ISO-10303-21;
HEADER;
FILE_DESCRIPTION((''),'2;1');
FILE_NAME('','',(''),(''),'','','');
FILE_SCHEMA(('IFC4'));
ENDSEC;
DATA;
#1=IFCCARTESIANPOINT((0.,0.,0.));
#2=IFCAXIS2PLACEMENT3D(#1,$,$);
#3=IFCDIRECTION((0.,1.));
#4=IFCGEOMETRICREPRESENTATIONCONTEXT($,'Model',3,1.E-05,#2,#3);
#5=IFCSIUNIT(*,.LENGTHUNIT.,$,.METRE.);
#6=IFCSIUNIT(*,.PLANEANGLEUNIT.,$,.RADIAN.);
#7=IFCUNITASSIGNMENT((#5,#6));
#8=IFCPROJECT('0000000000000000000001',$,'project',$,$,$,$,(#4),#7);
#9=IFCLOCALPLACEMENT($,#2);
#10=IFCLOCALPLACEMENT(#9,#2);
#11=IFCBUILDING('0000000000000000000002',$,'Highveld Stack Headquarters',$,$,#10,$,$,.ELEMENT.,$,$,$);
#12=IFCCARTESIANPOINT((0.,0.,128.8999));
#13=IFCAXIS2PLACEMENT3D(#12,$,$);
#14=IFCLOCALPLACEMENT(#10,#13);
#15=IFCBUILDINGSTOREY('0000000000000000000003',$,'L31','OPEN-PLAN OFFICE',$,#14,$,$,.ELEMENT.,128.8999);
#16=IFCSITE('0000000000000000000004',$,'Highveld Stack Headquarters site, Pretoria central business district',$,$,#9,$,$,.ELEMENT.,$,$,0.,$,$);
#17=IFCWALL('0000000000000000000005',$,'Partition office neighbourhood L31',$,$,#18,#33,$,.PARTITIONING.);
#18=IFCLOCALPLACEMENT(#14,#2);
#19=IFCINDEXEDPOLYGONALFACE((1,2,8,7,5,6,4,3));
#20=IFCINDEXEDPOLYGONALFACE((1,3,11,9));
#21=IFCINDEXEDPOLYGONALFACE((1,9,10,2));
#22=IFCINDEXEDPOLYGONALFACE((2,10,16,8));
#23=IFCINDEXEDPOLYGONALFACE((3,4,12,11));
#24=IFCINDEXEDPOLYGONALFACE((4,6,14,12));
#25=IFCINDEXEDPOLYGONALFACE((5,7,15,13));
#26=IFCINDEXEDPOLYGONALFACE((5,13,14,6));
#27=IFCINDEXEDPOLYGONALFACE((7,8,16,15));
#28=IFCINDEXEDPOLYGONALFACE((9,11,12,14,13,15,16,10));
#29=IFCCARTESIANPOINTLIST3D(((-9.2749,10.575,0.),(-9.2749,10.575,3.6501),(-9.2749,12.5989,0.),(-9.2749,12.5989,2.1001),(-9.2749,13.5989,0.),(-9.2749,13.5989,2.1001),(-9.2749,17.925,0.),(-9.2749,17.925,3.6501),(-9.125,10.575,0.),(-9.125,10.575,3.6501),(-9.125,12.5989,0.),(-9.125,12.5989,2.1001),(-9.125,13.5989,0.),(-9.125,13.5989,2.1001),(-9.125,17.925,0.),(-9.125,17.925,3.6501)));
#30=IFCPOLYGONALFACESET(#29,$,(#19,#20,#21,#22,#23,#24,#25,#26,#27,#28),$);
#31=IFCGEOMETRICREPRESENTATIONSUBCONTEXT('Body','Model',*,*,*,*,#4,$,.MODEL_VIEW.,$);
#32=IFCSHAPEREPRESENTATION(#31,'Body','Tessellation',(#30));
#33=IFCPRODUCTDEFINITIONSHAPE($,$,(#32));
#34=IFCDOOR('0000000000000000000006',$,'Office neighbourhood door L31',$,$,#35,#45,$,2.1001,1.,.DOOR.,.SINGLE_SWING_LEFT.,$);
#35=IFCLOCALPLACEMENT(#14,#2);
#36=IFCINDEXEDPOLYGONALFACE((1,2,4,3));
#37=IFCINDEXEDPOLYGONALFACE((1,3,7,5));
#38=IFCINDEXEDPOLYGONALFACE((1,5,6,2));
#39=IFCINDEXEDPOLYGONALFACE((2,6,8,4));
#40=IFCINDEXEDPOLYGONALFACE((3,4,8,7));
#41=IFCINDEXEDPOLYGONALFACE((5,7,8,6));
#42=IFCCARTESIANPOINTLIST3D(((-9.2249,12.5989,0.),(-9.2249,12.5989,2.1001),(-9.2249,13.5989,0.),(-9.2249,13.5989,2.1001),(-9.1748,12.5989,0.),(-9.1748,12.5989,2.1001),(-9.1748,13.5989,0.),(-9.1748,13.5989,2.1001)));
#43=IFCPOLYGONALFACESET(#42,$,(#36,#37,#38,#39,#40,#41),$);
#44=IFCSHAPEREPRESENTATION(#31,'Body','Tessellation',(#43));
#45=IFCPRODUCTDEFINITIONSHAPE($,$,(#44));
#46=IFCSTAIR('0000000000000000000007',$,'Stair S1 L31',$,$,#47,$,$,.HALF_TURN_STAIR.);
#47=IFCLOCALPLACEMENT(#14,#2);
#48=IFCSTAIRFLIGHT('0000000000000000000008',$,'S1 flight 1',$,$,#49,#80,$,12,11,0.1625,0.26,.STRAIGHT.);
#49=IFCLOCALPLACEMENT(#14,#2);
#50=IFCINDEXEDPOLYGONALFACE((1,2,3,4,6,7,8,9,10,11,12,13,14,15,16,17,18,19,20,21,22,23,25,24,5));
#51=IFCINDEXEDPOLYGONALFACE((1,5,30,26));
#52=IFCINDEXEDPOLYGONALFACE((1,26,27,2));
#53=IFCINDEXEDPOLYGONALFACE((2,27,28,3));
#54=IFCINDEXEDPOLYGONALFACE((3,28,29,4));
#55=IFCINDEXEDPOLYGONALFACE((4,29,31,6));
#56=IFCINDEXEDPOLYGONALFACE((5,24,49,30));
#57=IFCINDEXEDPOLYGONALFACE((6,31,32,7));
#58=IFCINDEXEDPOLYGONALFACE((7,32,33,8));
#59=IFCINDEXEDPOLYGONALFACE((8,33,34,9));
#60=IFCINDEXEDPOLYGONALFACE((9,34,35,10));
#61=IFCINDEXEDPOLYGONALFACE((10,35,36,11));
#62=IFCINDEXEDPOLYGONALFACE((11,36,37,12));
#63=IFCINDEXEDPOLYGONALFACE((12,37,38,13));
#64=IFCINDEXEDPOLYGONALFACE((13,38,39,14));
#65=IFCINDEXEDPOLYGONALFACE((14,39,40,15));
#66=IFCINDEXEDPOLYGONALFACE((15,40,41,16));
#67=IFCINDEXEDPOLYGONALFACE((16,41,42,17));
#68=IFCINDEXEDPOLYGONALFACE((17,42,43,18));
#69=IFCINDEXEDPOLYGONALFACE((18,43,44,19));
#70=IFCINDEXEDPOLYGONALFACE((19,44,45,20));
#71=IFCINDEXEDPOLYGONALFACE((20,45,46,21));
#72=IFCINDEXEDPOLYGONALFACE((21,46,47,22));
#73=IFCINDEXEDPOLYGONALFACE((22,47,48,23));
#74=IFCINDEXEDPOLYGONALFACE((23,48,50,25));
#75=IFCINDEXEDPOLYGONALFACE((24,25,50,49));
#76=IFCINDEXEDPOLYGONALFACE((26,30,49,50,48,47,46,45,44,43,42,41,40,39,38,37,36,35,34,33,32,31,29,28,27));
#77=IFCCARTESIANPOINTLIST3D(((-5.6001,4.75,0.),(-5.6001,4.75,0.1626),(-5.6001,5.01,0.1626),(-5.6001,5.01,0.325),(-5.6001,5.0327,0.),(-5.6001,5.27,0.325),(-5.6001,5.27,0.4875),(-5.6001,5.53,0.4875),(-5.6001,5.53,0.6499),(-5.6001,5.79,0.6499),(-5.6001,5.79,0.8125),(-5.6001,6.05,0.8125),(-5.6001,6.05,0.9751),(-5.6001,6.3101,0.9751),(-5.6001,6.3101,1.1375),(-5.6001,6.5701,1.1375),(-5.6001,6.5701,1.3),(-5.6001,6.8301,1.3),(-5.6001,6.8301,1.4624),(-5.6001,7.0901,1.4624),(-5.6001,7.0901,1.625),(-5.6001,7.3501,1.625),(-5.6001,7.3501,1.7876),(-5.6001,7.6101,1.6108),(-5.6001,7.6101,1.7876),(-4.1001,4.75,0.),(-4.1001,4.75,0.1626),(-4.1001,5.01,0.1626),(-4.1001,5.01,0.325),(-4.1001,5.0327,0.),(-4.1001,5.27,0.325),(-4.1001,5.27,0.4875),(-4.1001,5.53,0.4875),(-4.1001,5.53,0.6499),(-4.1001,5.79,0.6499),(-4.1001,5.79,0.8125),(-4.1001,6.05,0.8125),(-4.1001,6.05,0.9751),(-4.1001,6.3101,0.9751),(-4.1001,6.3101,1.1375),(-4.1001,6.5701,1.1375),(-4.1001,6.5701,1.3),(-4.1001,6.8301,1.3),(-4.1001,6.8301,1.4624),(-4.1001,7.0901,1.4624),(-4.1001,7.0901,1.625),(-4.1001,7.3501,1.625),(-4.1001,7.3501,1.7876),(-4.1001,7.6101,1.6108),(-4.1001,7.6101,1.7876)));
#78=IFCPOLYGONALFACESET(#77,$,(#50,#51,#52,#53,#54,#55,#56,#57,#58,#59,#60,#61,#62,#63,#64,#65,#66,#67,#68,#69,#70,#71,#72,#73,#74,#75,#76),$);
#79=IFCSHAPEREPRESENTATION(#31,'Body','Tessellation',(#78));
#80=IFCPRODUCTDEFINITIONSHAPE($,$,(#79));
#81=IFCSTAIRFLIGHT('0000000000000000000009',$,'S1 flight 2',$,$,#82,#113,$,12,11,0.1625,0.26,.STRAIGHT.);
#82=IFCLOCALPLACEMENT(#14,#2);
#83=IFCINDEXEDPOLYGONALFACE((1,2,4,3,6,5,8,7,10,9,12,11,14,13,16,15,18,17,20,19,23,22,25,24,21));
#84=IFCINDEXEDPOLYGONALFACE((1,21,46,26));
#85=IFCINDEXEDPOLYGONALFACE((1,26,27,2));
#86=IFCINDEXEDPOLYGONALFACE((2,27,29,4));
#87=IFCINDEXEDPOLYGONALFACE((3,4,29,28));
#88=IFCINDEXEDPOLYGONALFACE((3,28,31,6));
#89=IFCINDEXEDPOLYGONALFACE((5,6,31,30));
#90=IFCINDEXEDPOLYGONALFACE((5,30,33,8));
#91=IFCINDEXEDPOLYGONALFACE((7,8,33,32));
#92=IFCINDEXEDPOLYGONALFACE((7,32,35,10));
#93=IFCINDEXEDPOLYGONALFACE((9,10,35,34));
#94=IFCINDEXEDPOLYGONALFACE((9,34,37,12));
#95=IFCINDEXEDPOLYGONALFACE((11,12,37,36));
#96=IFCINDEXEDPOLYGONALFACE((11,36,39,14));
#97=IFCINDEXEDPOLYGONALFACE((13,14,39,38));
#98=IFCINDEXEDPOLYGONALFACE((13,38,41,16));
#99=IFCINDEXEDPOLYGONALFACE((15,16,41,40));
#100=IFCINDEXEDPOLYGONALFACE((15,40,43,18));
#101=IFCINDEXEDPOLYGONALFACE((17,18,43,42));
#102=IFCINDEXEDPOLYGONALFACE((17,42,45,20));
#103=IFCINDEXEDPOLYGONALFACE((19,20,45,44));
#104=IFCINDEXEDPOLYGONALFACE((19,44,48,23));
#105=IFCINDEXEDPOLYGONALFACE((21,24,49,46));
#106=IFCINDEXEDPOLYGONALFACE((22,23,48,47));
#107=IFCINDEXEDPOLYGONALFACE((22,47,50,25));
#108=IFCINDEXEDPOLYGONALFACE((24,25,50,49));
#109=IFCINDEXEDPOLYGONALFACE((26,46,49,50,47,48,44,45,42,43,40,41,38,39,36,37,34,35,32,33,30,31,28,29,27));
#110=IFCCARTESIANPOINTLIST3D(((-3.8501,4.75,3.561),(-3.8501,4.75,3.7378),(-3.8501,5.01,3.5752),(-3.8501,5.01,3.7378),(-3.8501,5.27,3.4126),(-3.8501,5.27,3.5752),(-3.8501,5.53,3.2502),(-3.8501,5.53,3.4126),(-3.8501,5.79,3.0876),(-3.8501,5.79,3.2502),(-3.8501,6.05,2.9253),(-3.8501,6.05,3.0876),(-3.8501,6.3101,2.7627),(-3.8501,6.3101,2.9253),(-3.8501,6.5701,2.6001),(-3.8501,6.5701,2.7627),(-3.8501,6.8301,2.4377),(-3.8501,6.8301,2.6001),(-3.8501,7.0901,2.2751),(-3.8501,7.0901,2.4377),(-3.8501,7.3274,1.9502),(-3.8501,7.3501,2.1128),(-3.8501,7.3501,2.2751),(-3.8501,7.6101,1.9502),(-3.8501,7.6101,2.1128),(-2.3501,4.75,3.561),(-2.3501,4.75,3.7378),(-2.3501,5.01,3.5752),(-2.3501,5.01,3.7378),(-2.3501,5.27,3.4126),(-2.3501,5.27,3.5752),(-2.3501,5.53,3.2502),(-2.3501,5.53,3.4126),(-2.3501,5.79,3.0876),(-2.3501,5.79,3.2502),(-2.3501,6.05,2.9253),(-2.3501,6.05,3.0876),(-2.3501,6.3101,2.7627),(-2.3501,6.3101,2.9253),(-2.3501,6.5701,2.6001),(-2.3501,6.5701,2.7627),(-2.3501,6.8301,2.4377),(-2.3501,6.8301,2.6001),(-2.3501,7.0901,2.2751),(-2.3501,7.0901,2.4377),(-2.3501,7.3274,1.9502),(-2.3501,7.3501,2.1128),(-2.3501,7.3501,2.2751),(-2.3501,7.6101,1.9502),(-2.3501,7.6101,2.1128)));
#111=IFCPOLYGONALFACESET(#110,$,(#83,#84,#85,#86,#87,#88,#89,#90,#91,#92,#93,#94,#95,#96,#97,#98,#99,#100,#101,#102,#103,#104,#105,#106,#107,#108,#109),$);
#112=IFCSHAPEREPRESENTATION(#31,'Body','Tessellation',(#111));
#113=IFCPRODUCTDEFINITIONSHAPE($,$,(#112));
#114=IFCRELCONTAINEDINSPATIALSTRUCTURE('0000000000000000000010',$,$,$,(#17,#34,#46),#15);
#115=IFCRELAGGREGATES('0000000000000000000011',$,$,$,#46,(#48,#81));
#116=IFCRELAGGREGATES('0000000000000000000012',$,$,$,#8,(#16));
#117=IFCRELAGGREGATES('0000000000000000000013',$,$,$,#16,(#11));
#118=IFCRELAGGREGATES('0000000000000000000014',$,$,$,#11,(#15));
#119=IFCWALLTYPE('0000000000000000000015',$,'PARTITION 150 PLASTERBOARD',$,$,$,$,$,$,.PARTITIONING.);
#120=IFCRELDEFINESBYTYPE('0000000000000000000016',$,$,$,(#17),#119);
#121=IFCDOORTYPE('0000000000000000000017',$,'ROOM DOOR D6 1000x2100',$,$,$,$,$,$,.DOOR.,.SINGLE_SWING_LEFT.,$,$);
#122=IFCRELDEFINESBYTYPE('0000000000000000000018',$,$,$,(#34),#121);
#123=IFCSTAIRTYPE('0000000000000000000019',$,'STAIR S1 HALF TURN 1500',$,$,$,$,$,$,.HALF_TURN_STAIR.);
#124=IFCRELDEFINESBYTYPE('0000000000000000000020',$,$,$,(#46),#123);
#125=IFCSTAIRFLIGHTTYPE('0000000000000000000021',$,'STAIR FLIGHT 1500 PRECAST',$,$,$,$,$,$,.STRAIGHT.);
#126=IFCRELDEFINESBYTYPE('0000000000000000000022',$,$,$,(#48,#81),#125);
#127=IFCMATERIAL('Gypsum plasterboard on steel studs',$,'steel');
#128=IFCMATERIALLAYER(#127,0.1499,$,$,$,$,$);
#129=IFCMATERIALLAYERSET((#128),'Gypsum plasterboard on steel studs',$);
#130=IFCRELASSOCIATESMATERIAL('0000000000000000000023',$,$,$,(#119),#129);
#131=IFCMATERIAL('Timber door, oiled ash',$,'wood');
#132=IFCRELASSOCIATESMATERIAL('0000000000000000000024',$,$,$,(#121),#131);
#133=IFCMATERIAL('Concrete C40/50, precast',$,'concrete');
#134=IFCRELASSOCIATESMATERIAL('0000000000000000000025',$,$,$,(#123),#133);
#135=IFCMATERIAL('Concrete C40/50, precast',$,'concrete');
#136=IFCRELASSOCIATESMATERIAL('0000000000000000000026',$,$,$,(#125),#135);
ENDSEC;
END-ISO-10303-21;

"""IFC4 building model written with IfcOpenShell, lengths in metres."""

from ifc_helpers import new_model, si_unit, direction, frame, frame_2d, origin, place, context, subcontext, project, spatial, polyline, rectangle, outline, extrude, material, layer, layer_set, type_object, element, fill, aggregate, save


model = new_model("IFC4")

# Units and contexts
model_context = context("Model", 3, precision=1e-05, world=origin(), true_north=direction((0.0, 1.0)))
body_context = subcontext(model_context, "Body", "Model", "MODEL_VIEW")
ifc_project = project(units=[si_unit("LENGTHUNIT", "METRE"), si_unit("PLANEANGLEUNIT", "RADIAN")], contexts=[model_context])

# Site, building, storey
site_placement = place(None, origin())
site = spatial("IfcSite", under=ifc_project, at=site_placement, Name="Highveld Stack Headquarters site, Pretoria central business district", CompositionType="ELEMENT", RefElevation=0.0)
building_placement = place(site_placement, origin())
building = spatial("IfcBuilding", under=site, at=building_placement, Name="Highveld Stack Headquarters", CompositionType="ELEMENT")
storey_placement = place(building_placement, frame((0.0, 0.0, 128.8999)))
storey = spatial("IfcBuildingStorey", under=building, at=storey_placement, Name="L31", Description="OPEN-PLAN OFFICE", CompositionType="ELEMENT", Elevation=128.8999)

# Wall, opening, door
ifc_material_1 = material(Name="Gypsum plasterboard on steel studs", Category="steel")
ifc_layer_1 = layer(ifc_material_1, 0.1499)
ifc_layer_set_1 = layer_set([ifc_layer_1], Name="Gypsum plasterboard on steel studs")
wall_type_1 = type_object("IfcWallType", Name="PARTITION 150 PLASTERBOARD", PredefinedType="PARTITIONING", material=ifc_layer_set_1)
wall_1_placement = place(storey_placement, frame((-9.2, 10.575, 0.0), z_axis=(0.0, 0.0, 1.0), x_axis=(0.0, 1.0, 0.0)))
wall_1 = element("IfcWall", 1, at=wall_1_placement, inside=storey, type_object=wall_type_1, Name="Partition office neighbourhood L31", PredefinedType="PARTITIONING", context=body_context, shape_type="SweptSolid", body=[
    extrude(rectangle(XDim=7.3501, YDim=0.1499, at=frame_2d((3.675, 0.0))), origin(), (0.0, 0.0, 1.0), 3.6501),
])
opening_1_placement = place(wall_1_placement, frame((2.0239, 0.0, 0.0)))
opening_1 = element("IfcOpeningElement", 2, at=opening_1_placement, cuts=wall_1, PredefinedType="OPENING", context=body_context, shape_type="SweptSolid", body=[
    extrude(rectangle(XDim=1.0, YDim=2.1001, at=frame_2d((0.5, 1.05))), frame((0.0, 0.085, 0.0), z_axis=(0.0, -1.0, 0.0), x_axis=(1.0, 0.0, 0.0)), (0.0, 0.0, 1.0), 0.1699),
])
ifc_material_2 = material(Name="Timber door, oiled ash", Category="wood")
door_type_1 = type_object("IfcDoorType", Name="ROOM DOOR D6 1000x2100", OperationType="SINGLE_SWING_LEFT", PredefinedType="DOOR", material=ifc_material_2)
door_1_placement = place(opening_1_placement, origin())
door_1 = element("IfcDoor", 3, at=door_1_placement, inside=storey, type_object=door_type_1, Name="Office neighbourhood door L31", OperationType="SINGLE_SWING_LEFT", OverallHeight=2.1001, OverallWidth=1.0, PredefinedType="DOOR", context=body_context, shape_type="SweptSolid", body=[
    extrude(rectangle(XDim=1.0, YDim=2.1001, at=frame_2d((0.5, 1.05))), frame((0.0, 0.0249, 0.0), z_axis=(0.0, -1.0, 0.0), x_axis=(1.0, 0.0, 0.0)), (0.0, 0.0, 1.0), 0.05),
])
fill(opening_1, door_1)

# Stair, stair flights
ifc_material_3 = material(Name="Concrete C40/50, precast", Category="concrete")
stair_type = type_object("IfcStairType", Name="STAIR S1 HALF TURN 1500", PredefinedType="HALF_TURN_STAIR", material=ifc_material_3)
stair_placement = place(storey_placement, origin())
stair = element("IfcStair", 4, at=stair_placement, inside=storey, type_object=stair_type, Name="Stair S1 L31", PredefinedType="HALF_TURN_STAIR")
ifc_material_4 = material(Name="Concrete C40/50, precast", Category="concrete")
stair_flight_type = type_object("IfcStairFlightType", Name="STAIR FLIGHT 1500 PRECAST", PredefinedType="STRAIGHT", material=ifc_material_4)
stair_flight_1_placement = place(storey_placement, frame((-4.8501, 4.75, 0.0), z_axis=(0.0, 0.0, 1.0), x_axis=(0.0, 1.0, 0.0)))
stair_flight_1 = element("IfcStairFlight", 5, at=stair_flight_1_placement, type_object=stair_flight_type, Name="S1 flight 1", NumberOfRisers=12, NumberOfTreads=11, PredefinedType="STRAIGHT", RiserHeight=0.1625, TreadLength=0.26, context=body_context, shape_type="SweptSolid", body=[
    extrude(outline(polyline([(0.0, 0.0), (0.0, 0.1626), (0.26, 0.1626), (0.26, 0.325), (0.52, 0.325), (0.52, 0.4875), (0.78, 0.4875), (0.78, 0.6499), (1.04, 0.6499), (1.04, 0.8125), (1.3, 0.8125), (1.3, 0.9751), (1.5601, 0.9751), (1.5601, 1.1375), (1.8201, 1.1375), (1.8201, 1.3), (2.0801, 1.3), (2.0801, 1.4624), (2.3401, 1.4624), (2.3401, 1.625), (2.6001, 1.625), (2.6001, 1.7876), (2.8601, 1.7876), (2.8601, 1.95), (2.8601, 1.6108), (0.2827, 0.0), (0.0, 0.0)])), frame((0.0, 0.75, 0.0), z_axis=(0.0, -1.0, 0.0), x_axis=(1.0, 0.0, 0.0)), (0.0, 0.0, 1.0), 1.5),
])
stair_flight_2_placement = place(storey_placement, frame((-3.1001, 7.6101, 1.9502), z_axis=(0.0, 0.0, 1.0), x_axis=(0.0, -1.0, 0.0)))
stair_flight_2 = element("IfcStairFlight", 6, at=stair_flight_2_placement, type_object=stair_flight_type, Name="S1 flight 2", NumberOfRisers=12, NumberOfTreads=11, PredefinedType="STRAIGHT", RiserHeight=0.1625, TreadLength=0.26, context=body_context, shape_type="SweptSolid", body=[
    extrude(outline(polyline([(0.0, 0.0), (0.0, 0.1626), (0.26, 0.1626), (0.26, 0.325), (0.52, 0.325), (0.52, 0.4875), (0.78, 0.4875), (0.78, 0.6499), (1.04, 0.6499), (1.04, 0.8125), (1.3, 0.8125), (1.3, 0.9751), (1.5601, 0.9751), (1.5601, 1.1375), (1.8201, 1.1375), (1.8201, 1.3), (2.0801, 1.3), (2.0801, 1.4624), (2.3401, 1.4624), (2.3401, 1.625), (2.6001, 1.625), (2.6001, 1.7876), (2.8601, 1.7876), (2.8601, 1.95), (2.8601, 1.6108), (0.2827, 0.0), (0.0, 0.0)])), frame((0.0, 0.75, 0.0), z_axis=(0.0, -1.0, 0.0), x_axis=(1.0, 0.0, 0.0)), (0.0, 0.0, 1.0), 1.5),
])
aggregate(stair, [stair_flight_1, stair_flight_2])

save(model, "model.ifc")
